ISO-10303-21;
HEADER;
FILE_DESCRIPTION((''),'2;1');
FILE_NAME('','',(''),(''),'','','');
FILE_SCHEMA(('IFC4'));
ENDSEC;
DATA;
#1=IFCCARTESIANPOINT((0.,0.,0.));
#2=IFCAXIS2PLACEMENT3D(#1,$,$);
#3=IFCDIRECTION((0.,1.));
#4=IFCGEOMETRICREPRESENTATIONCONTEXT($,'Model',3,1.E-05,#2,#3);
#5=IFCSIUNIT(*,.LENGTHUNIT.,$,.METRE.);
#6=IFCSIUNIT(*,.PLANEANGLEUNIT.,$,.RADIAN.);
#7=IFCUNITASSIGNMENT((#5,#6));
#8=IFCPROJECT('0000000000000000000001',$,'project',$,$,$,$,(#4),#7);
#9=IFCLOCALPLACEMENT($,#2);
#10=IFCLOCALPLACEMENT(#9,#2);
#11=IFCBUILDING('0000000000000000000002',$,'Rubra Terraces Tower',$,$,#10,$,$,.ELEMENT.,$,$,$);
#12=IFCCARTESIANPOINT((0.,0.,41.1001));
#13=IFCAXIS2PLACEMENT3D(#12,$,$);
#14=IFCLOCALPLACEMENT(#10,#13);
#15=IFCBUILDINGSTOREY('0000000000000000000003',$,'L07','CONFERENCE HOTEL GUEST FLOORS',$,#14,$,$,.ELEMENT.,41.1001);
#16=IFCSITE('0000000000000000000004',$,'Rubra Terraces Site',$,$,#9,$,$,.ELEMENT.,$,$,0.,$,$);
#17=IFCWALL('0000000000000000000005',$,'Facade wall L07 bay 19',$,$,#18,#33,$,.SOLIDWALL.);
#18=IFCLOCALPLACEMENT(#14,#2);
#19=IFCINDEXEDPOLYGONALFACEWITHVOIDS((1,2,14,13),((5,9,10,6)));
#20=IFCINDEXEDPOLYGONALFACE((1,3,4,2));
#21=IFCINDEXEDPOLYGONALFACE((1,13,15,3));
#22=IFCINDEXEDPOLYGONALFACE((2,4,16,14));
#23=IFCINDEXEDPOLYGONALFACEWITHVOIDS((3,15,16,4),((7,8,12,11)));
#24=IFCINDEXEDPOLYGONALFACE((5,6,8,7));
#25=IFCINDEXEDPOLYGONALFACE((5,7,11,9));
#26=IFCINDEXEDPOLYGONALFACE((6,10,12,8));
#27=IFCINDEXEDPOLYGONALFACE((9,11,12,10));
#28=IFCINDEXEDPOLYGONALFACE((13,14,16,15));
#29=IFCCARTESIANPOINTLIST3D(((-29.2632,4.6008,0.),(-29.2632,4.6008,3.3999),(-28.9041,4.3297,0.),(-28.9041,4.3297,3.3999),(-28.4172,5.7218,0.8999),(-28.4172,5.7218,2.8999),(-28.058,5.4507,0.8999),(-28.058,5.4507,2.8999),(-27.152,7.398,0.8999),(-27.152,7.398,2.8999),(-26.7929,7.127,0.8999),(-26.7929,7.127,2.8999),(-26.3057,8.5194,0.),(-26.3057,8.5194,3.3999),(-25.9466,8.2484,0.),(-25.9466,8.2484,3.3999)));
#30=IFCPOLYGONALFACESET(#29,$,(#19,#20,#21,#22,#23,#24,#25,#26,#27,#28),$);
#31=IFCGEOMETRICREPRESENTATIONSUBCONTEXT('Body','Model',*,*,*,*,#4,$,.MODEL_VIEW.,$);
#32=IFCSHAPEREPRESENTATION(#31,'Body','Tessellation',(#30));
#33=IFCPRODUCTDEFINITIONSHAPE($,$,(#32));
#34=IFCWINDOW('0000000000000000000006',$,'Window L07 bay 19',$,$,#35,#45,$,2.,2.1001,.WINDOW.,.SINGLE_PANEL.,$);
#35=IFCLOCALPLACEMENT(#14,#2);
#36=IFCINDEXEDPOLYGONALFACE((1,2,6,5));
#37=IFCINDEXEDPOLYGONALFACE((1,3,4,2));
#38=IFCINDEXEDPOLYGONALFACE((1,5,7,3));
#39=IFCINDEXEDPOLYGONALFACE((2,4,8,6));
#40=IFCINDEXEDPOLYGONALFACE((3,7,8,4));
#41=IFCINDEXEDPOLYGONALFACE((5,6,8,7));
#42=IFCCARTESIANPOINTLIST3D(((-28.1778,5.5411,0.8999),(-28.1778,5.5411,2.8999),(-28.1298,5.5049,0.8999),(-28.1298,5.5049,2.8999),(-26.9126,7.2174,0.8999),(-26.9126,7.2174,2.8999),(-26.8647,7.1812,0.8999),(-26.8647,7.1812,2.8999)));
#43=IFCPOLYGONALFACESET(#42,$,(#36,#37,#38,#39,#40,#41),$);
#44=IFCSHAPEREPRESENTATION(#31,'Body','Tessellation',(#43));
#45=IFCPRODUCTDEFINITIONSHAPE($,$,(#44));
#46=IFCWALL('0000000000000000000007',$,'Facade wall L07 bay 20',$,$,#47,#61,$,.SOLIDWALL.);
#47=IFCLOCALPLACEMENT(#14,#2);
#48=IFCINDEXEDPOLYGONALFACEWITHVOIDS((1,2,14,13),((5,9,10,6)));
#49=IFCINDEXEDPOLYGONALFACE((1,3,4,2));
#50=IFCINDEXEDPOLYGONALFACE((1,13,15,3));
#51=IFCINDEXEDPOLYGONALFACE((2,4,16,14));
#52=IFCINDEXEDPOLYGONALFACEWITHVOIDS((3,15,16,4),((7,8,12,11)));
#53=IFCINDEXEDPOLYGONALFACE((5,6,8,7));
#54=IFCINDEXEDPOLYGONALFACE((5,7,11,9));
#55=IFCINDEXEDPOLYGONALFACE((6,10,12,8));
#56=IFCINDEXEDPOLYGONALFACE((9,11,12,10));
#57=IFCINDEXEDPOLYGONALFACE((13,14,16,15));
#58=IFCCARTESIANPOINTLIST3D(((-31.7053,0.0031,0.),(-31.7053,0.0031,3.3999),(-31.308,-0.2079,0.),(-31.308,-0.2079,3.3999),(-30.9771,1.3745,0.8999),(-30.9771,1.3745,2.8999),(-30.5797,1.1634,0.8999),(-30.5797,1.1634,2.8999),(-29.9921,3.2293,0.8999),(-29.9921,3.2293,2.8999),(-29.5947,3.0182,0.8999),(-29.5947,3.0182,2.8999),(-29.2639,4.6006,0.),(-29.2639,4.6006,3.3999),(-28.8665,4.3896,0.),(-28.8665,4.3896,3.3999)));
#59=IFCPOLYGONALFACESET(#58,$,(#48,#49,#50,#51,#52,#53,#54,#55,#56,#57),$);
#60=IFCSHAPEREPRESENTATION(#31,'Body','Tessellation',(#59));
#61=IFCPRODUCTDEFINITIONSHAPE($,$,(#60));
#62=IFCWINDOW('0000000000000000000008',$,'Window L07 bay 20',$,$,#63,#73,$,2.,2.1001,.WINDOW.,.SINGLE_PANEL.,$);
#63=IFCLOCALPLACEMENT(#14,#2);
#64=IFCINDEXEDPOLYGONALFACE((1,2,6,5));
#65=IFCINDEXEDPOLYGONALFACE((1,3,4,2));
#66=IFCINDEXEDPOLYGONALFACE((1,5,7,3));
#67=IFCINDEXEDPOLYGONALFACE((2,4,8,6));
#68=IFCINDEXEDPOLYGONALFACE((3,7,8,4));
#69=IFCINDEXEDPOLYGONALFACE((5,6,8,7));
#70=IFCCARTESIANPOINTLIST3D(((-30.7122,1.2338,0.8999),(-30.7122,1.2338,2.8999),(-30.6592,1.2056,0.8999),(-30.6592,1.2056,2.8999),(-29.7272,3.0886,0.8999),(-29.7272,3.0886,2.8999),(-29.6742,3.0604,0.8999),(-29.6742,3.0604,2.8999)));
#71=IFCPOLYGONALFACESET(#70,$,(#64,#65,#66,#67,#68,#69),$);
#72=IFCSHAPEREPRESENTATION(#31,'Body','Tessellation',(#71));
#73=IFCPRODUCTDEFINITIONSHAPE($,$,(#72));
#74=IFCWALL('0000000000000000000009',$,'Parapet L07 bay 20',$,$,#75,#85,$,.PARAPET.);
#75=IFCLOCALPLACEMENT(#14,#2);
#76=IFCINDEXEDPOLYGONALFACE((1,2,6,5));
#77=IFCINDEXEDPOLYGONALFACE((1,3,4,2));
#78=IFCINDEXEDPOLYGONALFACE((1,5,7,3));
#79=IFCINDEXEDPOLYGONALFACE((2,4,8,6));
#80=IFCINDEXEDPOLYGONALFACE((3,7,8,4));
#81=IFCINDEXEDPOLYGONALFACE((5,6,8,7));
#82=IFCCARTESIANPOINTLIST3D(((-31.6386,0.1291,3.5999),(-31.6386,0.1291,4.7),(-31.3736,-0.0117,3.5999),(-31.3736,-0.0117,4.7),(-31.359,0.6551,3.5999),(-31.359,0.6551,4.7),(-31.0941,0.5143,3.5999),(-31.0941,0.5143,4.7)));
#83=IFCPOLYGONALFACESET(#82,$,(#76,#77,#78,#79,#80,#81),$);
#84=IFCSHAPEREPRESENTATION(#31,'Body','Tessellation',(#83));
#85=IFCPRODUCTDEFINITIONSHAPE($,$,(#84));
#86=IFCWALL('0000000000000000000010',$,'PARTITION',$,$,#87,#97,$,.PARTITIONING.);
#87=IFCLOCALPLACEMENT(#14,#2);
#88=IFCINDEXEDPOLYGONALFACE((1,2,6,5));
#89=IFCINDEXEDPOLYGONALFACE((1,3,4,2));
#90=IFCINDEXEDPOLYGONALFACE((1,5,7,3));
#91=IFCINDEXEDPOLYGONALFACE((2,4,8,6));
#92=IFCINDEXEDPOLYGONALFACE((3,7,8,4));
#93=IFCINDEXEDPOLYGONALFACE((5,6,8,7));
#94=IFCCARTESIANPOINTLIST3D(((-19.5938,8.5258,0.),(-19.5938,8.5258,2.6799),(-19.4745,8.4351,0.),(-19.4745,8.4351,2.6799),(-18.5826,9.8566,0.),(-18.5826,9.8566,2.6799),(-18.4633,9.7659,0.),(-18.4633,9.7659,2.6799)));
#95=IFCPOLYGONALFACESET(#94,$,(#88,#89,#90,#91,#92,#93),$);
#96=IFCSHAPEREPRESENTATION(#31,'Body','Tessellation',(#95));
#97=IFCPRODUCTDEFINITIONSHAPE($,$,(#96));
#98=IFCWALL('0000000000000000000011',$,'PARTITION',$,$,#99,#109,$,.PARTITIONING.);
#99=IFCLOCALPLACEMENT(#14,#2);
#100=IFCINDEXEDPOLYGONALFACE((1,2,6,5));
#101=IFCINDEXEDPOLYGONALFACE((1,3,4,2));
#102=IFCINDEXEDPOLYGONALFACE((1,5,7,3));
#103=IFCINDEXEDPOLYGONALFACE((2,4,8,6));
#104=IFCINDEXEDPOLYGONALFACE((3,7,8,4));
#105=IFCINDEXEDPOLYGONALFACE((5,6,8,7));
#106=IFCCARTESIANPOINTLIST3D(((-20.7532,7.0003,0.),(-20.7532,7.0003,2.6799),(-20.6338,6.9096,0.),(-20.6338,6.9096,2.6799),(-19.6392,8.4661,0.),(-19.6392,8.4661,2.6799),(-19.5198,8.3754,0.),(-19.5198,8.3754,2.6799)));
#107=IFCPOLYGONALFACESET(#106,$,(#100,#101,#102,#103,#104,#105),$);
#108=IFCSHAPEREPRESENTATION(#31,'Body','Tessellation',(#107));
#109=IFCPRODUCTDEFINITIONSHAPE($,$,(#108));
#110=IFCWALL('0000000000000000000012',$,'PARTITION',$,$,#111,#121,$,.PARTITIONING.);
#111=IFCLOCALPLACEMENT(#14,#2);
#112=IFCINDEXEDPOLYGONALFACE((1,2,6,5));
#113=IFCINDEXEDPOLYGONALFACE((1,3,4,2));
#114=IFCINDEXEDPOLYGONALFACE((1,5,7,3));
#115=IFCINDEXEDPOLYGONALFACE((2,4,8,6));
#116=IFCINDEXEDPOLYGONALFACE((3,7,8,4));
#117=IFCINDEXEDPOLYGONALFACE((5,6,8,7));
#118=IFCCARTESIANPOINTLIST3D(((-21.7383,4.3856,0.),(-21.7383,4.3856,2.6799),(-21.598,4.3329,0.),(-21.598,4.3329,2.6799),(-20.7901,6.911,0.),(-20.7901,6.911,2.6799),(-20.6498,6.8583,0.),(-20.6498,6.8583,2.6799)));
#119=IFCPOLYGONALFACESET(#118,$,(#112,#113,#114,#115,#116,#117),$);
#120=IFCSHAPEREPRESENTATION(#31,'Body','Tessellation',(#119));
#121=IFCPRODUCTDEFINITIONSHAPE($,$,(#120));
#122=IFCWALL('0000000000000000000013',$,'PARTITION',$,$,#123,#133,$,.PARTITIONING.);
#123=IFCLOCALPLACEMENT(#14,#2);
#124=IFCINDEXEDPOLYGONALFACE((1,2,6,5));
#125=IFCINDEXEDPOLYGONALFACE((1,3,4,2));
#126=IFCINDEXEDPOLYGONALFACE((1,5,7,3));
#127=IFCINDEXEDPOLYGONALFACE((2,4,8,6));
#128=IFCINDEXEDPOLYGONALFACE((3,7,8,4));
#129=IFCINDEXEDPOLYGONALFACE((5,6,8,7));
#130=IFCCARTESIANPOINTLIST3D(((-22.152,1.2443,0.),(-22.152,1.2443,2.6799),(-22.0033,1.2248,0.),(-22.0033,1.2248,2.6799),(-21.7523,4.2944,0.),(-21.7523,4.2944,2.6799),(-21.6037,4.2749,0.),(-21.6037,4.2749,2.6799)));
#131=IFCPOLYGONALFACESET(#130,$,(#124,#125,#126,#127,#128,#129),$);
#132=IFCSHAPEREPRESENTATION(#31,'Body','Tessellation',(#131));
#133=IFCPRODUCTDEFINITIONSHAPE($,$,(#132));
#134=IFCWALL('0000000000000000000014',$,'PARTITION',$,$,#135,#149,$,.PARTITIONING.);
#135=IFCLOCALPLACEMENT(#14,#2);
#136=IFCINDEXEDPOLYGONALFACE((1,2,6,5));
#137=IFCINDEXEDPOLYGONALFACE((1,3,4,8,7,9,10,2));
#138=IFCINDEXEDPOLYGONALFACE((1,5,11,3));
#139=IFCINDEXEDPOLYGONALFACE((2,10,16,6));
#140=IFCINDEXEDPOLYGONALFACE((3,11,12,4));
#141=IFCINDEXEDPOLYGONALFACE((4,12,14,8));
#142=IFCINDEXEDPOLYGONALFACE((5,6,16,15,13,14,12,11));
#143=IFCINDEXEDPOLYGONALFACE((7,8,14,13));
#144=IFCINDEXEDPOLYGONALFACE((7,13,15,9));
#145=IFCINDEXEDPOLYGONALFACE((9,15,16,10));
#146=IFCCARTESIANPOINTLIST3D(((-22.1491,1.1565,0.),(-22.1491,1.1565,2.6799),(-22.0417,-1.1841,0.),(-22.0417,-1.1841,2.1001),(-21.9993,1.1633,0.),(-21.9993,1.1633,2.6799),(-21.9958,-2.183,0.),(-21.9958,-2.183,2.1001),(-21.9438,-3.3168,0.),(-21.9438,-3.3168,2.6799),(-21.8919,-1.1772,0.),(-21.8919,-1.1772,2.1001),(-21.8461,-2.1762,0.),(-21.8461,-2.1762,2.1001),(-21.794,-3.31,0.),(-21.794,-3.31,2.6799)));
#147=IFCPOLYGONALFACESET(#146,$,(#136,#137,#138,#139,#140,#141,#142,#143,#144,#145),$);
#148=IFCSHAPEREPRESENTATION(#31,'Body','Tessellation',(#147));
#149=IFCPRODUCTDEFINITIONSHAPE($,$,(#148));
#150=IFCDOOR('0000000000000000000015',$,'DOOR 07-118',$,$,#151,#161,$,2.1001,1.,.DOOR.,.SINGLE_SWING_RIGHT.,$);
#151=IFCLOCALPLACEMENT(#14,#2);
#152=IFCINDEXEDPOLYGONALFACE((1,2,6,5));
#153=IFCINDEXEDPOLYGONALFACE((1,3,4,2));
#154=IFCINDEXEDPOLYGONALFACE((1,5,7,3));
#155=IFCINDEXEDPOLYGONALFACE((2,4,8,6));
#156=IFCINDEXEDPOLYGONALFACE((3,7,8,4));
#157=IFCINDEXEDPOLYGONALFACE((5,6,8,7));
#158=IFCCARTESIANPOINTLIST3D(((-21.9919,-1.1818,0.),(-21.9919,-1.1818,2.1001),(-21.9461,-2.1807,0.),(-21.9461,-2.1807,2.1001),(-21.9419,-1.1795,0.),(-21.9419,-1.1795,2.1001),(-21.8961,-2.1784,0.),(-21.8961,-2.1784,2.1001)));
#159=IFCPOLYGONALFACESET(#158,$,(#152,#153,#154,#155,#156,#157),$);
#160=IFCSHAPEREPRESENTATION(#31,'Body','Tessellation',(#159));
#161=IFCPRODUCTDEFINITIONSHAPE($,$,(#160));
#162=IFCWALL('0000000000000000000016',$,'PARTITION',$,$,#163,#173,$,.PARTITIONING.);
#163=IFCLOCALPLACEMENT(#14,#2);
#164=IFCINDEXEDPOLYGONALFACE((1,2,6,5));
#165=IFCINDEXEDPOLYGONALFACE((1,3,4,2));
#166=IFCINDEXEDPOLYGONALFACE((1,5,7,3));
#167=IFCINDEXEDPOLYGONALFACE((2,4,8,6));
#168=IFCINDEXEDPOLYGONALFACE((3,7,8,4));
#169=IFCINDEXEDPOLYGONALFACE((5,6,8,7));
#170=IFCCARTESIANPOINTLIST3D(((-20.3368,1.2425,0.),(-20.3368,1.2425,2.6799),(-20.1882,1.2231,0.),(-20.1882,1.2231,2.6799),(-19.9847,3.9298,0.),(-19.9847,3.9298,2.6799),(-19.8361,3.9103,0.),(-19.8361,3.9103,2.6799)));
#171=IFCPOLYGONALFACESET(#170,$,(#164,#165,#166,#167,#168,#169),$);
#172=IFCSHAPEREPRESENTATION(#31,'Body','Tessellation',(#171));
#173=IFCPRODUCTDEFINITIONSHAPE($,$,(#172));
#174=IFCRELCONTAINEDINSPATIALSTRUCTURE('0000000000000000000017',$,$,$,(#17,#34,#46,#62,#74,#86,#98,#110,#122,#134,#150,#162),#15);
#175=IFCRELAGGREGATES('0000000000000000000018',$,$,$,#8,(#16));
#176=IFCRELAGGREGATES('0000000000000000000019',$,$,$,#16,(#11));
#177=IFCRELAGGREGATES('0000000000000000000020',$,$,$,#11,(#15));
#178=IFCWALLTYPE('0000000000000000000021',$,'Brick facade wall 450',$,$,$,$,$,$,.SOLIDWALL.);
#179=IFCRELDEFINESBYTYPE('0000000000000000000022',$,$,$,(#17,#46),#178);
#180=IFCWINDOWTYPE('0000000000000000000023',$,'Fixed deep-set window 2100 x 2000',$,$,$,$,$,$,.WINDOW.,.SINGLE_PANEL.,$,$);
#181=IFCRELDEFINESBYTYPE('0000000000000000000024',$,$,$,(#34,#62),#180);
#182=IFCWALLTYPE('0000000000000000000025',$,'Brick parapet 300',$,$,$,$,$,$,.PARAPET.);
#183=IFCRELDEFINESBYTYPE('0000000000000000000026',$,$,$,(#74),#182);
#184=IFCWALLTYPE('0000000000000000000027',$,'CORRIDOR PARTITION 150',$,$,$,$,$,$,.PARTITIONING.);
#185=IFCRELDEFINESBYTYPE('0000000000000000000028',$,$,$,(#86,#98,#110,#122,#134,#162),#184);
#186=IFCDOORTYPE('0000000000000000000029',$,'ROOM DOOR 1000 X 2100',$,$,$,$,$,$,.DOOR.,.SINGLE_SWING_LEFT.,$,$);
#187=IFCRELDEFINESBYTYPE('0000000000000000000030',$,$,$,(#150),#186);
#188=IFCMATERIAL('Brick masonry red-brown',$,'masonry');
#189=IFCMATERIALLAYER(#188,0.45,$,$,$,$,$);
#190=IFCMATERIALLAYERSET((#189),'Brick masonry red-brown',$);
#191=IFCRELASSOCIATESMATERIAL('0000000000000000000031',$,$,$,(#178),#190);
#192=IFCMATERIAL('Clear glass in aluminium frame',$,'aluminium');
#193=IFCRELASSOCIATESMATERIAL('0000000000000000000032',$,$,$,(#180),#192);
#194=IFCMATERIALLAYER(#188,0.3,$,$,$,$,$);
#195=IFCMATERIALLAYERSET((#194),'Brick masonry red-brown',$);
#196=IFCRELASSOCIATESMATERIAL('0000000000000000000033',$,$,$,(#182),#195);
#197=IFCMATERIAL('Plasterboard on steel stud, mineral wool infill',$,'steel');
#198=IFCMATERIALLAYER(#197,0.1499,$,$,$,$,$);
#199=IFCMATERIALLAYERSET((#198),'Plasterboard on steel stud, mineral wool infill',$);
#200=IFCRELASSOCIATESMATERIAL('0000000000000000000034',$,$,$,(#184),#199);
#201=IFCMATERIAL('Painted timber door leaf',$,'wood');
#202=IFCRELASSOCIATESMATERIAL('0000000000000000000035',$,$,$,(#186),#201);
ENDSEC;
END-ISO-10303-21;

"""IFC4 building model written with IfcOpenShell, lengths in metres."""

from ifc_helpers import new_model, si_unit, direction, frame, frame_2d, origin, place, context, subcontext, project, spatial, rectangle, extrude, material, layer, layer_set, type_object, element, fill, save


model = new_model("IFC4")

# Units and contexts
model_context = context("Model", 3, precision=1e-05, world=origin(), true_north=direction((0.0, 1.0)))
body_context = subcontext(model_context, "Body", "Model", "MODEL_VIEW")
ifc_project = project(units=[si_unit("LENGTHUNIT", "METRE"), si_unit("PLANEANGLEUNIT", "RADIAN")], contexts=[model_context])

# Site, building, storey
site_placement = place(None, origin())
site = spatial("IfcSite", under=ifc_project, at=site_placement, Name="Rubra Terraces Site", CompositionType="ELEMENT", RefElevation=0.0)
building_placement = place(site_placement, origin())
building = spatial("IfcBuilding", under=site, at=building_placement, Name="Rubra Terraces Tower", CompositionType="ELEMENT")
storey_placement = place(building_placement, frame((0.0, 0.0, 41.1001)))
storey = spatial("IfcBuildingStorey", under=building, at=storey_placement, Name="L07", Description="CONFERENCE HOTEL GUEST FLOORS", CompositionType="ELEMENT", Elevation=41.1001)

# Walls, openings, windows
ifc_material_1 = material(Name="Brick masonry red-brown", Category="masonry")
ifc_layer_1 = layer(ifc_material_1, 0.45)
ifc_layer_set_1 = layer_set([ifc_layer_1], Name="Brick masonry red-brown")
wall_type_1 = type_object("IfcWallType", Name="Brick facade wall 450", PredefinedType="SOLIDWALL", material=ifc_layer_set_1)
wall_1_placement = place(storey_placement, frame((-26.1262, 8.3838, 0.0), z_axis=(0.0, 0.0, 1.0), x_axis=(-0.602408, -0.798188, 0.0)))
wall_1 = element("IfcWall", 1, at=wall_1_placement, inside=storey, type_object=wall_type_1, Name="Facade wall L07 bay 19", PredefinedType="SOLIDWALL", context=body_context, shape_type="SweptSolid", body=[
    extrude(rectangle(XDim=4.9094, YDim=0.45, at=frame_2d((2.4546, 0.0))), origin(), (0.0, 0.0, 1.0), 3.3999),
])
opening_1_placement = place(wall_1_placement, frame((1.4048, 0.0, 0.8999)))
opening_1 = element("IfcOpeningElement", 2, at=opening_1_placement, cuts=wall_1, PredefinedType="OPENING", context=body_context, shape_type="SweptSolid", body=[
    extrude(rectangle(XDim=2.1001, YDim=2.0, at=frame_2d((1.05, 1.0))), frame((0.0, 0.2349, 0.0), z_axis=(0.0, -1.0, 0.0), x_axis=(1.0, 0.0, 0.0)), (0.0, 0.0, 1.0), 0.47),
])
ifc_material_2 = material(Name="Clear glass in aluminium frame", Category="aluminium")
window_type = type_object("IfcWindowType", Name="Fixed deep-set window 2100 x 2000", PartitioningType="SINGLE_PANEL", PredefinedType="WINDOW", material=ifc_material_2)
window_1_placement = place(opening_1_placement, origin())
window_1 = element("IfcWindow", 3, at=window_1_placement, inside=storey, type_object=window_type, Name="Window L07 bay 19", OverallHeight=2.0, OverallWidth=2.1001, PartitioningType="SINGLE_PANEL", PredefinedType="WINDOW", context=body_context, shape_type="SweptSolid", body=[
    extrude(rectangle(XDim=2.1001, YDim=2.0, at=frame_2d((1.05, 1.0))), frame((0.0, 0.135, 0.0), z_axis=(0.0, -1.0, 0.0), x_axis=(1.0, 0.0, 0.0)), (0.0, 0.0, 1.0), 0.0601),
])
fill(opening_1, window_1)
wall_2_placement = place(storey_placement, frame((-29.0652, 4.4951, 0.0), z_axis=(0.0, 0.0, 1.0), x_axis=(-0.46901, -0.883193, 0.0)))
wall_2 = element("IfcWall", 4, at=wall_2_placement, inside=storey, type_object=wall_type_1, Name="Facade wall L07 bay 20", PredefinedType="SOLIDWALL", context=body_context, shape_type="SweptSolid", body=[
    extrude(rectangle(XDim=5.2056, YDim=0.45, at=frame_2d((2.6028, 0.0))), origin(), (0.0, 0.0, 1.0), 3.3999),
])
opening_2_placement = place(wall_2_placement, frame((1.5527, 0.0, 0.8999)))
opening_2 = element("IfcOpeningElement", 5, at=opening_2_placement, cuts=wall_2, PredefinedType="OPENING", context=body_context, shape_type="SweptSolid", body=[
    extrude(rectangle(XDim=2.1001, YDim=2.0, at=frame_2d((1.05, 1.0))), frame((0.0, 0.2349, 0.0), z_axis=(0.0, -1.0, 0.0), x_axis=(1.0, 0.0, 0.0)), (0.0, 0.0, 1.0), 0.47),
])
window_2_placement = place(opening_2_placement, origin())
window_2 = element("IfcWindow", 6, at=window_2_placement, inside=storey, type_object=window_type, Name="Window L07 bay 20", OverallHeight=2.0, OverallWidth=2.1001, PartitioningType="SINGLE_PANEL", PredefinedType="WINDOW", context=body_context, shape_type="SweptSolid", body=[
    extrude(rectangle(XDim=2.1001, YDim=2.0, at=frame_2d((1.05, 1.0))), frame((0.0, 0.135, 0.0), z_axis=(0.0, -1.0, 0.0), x_axis=(1.0, 0.0, 0.0)), (0.0, 0.0, 1.0), 0.0601),
])
fill(opening_2, window_2)

# Walls
ifc_layer_2 = layer(ifc_material_1, 0.3)
ifc_layer_set_2 = layer_set([ifc_layer_2], Name="Brick masonry red-brown")
wall_type_2 = type_object("IfcWallType", Name="Brick parapet 300", PredefinedType="PARAPET", material=ifc_layer_set_2)
wall_3_placement = place(storey_placement, frame((-31.2266, 0.5847, 3.5999), z_axis=(0.0, 0.0, 1.0), x_axis=(-0.469205, -0.883089, 0.0)))
element("IfcWall", 7, at=wall_3_placement, inside=storey, type_object=wall_type_2, Name="Parapet L07 bay 20", PredefinedType="PARAPET", context=body_context, shape_type="SweptSolid", body=[
    extrude(rectangle(XDim=0.5957, YDim=0.3, at=frame_2d((0.2979, 0.0))), origin(), (0.0, 0.0, 1.0), 1.1001),
])
ifc_material_3 = material(Name="Plasterboard on steel stud, mineral wool infill", Category="steel")
ifc_layer_3 = layer(ifc_material_3, 0.1499)
ifc_layer_set_3 = layer_set([ifc_layer_3], Name="Plasterboard on steel stud, mineral wool infill")
wall_type_3 = type_object("IfcWallType", Name="CORRIDOR PARTITION 150", PredefinedType="PARTITIONING", material=ifc_layer_set_3)
wall_4_placement = place(storey_placement, frame((-18.5229, 9.8113, 0.0), z_axis=(0.0, 0.0, 1.0), x_axis=(-0.605013, -0.796216, 0.0)))
element("IfcWall", 8, at=wall_4_placement, inside=storey, type_object=wall_type_3, Name="PARTITION", PredefinedType="PARTITIONING", context=body_context, shape_type="SweptSolid", body=[
    extrude(rectangle(XDim=1.6714, YDim=0.1499, at=frame_2d((0.8357, 0.0))), origin(), (0.0, 0.0, 1.0), 2.6799),
])
wall_5_placement = place(storey_placement, frame((-19.5796, 8.4207, 0.0), z_axis=(0.0, 0.0, 1.0), x_axis=(-0.60508, -0.796165, 0.0)))
element("IfcWall", 9, at=wall_5_placement, inside=storey, type_object=wall_type_3, Name="PARTITION", PredefinedType="PARTITIONING", context=body_context, shape_type="SweptSolid", body=[
    extrude(rectangle(XDim=1.8411, YDim=0.1499, at=frame_2d((0.9204, 0.0))), origin(), (0.0, 0.0, 1.0), 2.6799),
])
wall_6_placement = place(storey_placement, frame((-20.72, 6.8845, 0.0), z_axis=(0.0, 0.0, 1.0), x_axis=(-0.35152, -0.93618, 0.0)))
element("IfcWall", 10, at=wall_6_placement, inside=storey, type_object=wall_type_3, Name="PARTITION", PredefinedType="PARTITIONING", context=body_context, shape_type="SweptSolid", body=[
    extrude(rectangle(XDim=2.6975, YDim=0.1499, at=frame_2d((1.3486, 0.0))), origin(), (0.0, 0.0, 1.0), 2.6799),
])
wall_7_placement = place(storey_placement, frame((-21.678, 4.2847, 0.0), z_axis=(0.0, 0.0, 1.0), x_axis=(-0.129923, -0.991524, 0.0)))
element("IfcWall", 11, at=wall_7_placement, inside=storey, type_object=wall_type_3, Name="PARTITION", PredefinedType="PARTITIONING", context=body_context, shape_type="SweptSolid", body=[
    extrude(rectangle(XDim=3.0762, YDim=0.1499, at=frame_2d((1.5381, 0.0))), origin(), (0.0, 0.0, 1.0), 2.6799),
])

# Wall, opening, door
wall_8_placement = place(storey_placement, frame((-22.0742, 1.1599, 0.0), z_axis=(0.0, 0.0, 1.0), x_axis=(0.04585, -0.998948, 0.0)))
wall_8 = element("IfcWall", 12, at=wall_8_placement, inside=storey, type_object=wall_type_3, Name="PARTITION", PredefinedType="PARTITIONING", context=body_context, shape_type="SweptSolid", body=[
    extrude(rectangle(XDim=4.478, YDim=0.1499, at=frame_2d((2.239, 0.0))), origin(), (0.0, 0.0, 1.0), 2.6799),
])
opening_3_placement = place(wall_8_placement, frame((2.343, 0.0, 0.0)))
opening_3 = element("IfcOpeningElement", 13, at=opening_3_placement, cuts=wall_8, PredefinedType="OPENING", context=body_context, shape_type="SweptSolid", body=[
    extrude(rectangle(XDim=1.0, YDim=2.1001, at=frame_2d((0.5, 1.05))), frame((0.0, 0.085, 0.0), z_axis=(0.0, -1.0, 0.0), x_axis=(1.0, 0.0, 0.0)), (0.0, 0.0, 1.0), 0.1699),
])
ifc_material_4 = material(Name="Painted timber door leaf", Category="wood")
door_type_1 = type_object("IfcDoorType", Name="ROOM DOOR 1000 X 2100", OperationType="SINGLE_SWING_LEFT", PredefinedType="DOOR", material=ifc_material_4)
door_1_placement = place(opening_3_placement, origin())
door_1 = element("IfcDoor", 14, at=door_1_placement, inside=storey, type_object=door_type_1, Name="DOOR 07-118", OperationType="SINGLE_SWING_RIGHT", OverallHeight=2.1001, OverallWidth=1.0, PredefinedType="DOOR", context=body_context, shape_type="SweptSolid", body=[
    extrude(rectangle(XDim=1.0, YDim=2.1001, at=frame_2d((0.5, 1.05))), frame((0.0, 0.0249, 0.0), z_axis=(0.0, -1.0, 0.0), x_axis=(1.0, 0.0, 0.0)), (0.0, 0.0, 1.0), 0.05),
])
fill(opening_3, door_1)

# Wall
wall_9_placement = place(storey_placement, frame((-20.2625, 1.2329, 0.0), z_axis=(0.0, 0.0, 1.0), x_axis=(0.129898, 0.991527, 0.0)))
element("IfcWall", 15, at=wall_9_placement, inside=storey, type_object=wall_type_3, Name="PARTITION", PredefinedType="PARTITIONING", context=body_context, shape_type="SweptSolid", body=[
    extrude(rectangle(XDim=2.7102, YDim=0.1499, at=frame_2d((1.355, 0.0))), origin(), (0.0, 0.0, 1.0), 2.6799),
])

save(model, "model.ifc")
